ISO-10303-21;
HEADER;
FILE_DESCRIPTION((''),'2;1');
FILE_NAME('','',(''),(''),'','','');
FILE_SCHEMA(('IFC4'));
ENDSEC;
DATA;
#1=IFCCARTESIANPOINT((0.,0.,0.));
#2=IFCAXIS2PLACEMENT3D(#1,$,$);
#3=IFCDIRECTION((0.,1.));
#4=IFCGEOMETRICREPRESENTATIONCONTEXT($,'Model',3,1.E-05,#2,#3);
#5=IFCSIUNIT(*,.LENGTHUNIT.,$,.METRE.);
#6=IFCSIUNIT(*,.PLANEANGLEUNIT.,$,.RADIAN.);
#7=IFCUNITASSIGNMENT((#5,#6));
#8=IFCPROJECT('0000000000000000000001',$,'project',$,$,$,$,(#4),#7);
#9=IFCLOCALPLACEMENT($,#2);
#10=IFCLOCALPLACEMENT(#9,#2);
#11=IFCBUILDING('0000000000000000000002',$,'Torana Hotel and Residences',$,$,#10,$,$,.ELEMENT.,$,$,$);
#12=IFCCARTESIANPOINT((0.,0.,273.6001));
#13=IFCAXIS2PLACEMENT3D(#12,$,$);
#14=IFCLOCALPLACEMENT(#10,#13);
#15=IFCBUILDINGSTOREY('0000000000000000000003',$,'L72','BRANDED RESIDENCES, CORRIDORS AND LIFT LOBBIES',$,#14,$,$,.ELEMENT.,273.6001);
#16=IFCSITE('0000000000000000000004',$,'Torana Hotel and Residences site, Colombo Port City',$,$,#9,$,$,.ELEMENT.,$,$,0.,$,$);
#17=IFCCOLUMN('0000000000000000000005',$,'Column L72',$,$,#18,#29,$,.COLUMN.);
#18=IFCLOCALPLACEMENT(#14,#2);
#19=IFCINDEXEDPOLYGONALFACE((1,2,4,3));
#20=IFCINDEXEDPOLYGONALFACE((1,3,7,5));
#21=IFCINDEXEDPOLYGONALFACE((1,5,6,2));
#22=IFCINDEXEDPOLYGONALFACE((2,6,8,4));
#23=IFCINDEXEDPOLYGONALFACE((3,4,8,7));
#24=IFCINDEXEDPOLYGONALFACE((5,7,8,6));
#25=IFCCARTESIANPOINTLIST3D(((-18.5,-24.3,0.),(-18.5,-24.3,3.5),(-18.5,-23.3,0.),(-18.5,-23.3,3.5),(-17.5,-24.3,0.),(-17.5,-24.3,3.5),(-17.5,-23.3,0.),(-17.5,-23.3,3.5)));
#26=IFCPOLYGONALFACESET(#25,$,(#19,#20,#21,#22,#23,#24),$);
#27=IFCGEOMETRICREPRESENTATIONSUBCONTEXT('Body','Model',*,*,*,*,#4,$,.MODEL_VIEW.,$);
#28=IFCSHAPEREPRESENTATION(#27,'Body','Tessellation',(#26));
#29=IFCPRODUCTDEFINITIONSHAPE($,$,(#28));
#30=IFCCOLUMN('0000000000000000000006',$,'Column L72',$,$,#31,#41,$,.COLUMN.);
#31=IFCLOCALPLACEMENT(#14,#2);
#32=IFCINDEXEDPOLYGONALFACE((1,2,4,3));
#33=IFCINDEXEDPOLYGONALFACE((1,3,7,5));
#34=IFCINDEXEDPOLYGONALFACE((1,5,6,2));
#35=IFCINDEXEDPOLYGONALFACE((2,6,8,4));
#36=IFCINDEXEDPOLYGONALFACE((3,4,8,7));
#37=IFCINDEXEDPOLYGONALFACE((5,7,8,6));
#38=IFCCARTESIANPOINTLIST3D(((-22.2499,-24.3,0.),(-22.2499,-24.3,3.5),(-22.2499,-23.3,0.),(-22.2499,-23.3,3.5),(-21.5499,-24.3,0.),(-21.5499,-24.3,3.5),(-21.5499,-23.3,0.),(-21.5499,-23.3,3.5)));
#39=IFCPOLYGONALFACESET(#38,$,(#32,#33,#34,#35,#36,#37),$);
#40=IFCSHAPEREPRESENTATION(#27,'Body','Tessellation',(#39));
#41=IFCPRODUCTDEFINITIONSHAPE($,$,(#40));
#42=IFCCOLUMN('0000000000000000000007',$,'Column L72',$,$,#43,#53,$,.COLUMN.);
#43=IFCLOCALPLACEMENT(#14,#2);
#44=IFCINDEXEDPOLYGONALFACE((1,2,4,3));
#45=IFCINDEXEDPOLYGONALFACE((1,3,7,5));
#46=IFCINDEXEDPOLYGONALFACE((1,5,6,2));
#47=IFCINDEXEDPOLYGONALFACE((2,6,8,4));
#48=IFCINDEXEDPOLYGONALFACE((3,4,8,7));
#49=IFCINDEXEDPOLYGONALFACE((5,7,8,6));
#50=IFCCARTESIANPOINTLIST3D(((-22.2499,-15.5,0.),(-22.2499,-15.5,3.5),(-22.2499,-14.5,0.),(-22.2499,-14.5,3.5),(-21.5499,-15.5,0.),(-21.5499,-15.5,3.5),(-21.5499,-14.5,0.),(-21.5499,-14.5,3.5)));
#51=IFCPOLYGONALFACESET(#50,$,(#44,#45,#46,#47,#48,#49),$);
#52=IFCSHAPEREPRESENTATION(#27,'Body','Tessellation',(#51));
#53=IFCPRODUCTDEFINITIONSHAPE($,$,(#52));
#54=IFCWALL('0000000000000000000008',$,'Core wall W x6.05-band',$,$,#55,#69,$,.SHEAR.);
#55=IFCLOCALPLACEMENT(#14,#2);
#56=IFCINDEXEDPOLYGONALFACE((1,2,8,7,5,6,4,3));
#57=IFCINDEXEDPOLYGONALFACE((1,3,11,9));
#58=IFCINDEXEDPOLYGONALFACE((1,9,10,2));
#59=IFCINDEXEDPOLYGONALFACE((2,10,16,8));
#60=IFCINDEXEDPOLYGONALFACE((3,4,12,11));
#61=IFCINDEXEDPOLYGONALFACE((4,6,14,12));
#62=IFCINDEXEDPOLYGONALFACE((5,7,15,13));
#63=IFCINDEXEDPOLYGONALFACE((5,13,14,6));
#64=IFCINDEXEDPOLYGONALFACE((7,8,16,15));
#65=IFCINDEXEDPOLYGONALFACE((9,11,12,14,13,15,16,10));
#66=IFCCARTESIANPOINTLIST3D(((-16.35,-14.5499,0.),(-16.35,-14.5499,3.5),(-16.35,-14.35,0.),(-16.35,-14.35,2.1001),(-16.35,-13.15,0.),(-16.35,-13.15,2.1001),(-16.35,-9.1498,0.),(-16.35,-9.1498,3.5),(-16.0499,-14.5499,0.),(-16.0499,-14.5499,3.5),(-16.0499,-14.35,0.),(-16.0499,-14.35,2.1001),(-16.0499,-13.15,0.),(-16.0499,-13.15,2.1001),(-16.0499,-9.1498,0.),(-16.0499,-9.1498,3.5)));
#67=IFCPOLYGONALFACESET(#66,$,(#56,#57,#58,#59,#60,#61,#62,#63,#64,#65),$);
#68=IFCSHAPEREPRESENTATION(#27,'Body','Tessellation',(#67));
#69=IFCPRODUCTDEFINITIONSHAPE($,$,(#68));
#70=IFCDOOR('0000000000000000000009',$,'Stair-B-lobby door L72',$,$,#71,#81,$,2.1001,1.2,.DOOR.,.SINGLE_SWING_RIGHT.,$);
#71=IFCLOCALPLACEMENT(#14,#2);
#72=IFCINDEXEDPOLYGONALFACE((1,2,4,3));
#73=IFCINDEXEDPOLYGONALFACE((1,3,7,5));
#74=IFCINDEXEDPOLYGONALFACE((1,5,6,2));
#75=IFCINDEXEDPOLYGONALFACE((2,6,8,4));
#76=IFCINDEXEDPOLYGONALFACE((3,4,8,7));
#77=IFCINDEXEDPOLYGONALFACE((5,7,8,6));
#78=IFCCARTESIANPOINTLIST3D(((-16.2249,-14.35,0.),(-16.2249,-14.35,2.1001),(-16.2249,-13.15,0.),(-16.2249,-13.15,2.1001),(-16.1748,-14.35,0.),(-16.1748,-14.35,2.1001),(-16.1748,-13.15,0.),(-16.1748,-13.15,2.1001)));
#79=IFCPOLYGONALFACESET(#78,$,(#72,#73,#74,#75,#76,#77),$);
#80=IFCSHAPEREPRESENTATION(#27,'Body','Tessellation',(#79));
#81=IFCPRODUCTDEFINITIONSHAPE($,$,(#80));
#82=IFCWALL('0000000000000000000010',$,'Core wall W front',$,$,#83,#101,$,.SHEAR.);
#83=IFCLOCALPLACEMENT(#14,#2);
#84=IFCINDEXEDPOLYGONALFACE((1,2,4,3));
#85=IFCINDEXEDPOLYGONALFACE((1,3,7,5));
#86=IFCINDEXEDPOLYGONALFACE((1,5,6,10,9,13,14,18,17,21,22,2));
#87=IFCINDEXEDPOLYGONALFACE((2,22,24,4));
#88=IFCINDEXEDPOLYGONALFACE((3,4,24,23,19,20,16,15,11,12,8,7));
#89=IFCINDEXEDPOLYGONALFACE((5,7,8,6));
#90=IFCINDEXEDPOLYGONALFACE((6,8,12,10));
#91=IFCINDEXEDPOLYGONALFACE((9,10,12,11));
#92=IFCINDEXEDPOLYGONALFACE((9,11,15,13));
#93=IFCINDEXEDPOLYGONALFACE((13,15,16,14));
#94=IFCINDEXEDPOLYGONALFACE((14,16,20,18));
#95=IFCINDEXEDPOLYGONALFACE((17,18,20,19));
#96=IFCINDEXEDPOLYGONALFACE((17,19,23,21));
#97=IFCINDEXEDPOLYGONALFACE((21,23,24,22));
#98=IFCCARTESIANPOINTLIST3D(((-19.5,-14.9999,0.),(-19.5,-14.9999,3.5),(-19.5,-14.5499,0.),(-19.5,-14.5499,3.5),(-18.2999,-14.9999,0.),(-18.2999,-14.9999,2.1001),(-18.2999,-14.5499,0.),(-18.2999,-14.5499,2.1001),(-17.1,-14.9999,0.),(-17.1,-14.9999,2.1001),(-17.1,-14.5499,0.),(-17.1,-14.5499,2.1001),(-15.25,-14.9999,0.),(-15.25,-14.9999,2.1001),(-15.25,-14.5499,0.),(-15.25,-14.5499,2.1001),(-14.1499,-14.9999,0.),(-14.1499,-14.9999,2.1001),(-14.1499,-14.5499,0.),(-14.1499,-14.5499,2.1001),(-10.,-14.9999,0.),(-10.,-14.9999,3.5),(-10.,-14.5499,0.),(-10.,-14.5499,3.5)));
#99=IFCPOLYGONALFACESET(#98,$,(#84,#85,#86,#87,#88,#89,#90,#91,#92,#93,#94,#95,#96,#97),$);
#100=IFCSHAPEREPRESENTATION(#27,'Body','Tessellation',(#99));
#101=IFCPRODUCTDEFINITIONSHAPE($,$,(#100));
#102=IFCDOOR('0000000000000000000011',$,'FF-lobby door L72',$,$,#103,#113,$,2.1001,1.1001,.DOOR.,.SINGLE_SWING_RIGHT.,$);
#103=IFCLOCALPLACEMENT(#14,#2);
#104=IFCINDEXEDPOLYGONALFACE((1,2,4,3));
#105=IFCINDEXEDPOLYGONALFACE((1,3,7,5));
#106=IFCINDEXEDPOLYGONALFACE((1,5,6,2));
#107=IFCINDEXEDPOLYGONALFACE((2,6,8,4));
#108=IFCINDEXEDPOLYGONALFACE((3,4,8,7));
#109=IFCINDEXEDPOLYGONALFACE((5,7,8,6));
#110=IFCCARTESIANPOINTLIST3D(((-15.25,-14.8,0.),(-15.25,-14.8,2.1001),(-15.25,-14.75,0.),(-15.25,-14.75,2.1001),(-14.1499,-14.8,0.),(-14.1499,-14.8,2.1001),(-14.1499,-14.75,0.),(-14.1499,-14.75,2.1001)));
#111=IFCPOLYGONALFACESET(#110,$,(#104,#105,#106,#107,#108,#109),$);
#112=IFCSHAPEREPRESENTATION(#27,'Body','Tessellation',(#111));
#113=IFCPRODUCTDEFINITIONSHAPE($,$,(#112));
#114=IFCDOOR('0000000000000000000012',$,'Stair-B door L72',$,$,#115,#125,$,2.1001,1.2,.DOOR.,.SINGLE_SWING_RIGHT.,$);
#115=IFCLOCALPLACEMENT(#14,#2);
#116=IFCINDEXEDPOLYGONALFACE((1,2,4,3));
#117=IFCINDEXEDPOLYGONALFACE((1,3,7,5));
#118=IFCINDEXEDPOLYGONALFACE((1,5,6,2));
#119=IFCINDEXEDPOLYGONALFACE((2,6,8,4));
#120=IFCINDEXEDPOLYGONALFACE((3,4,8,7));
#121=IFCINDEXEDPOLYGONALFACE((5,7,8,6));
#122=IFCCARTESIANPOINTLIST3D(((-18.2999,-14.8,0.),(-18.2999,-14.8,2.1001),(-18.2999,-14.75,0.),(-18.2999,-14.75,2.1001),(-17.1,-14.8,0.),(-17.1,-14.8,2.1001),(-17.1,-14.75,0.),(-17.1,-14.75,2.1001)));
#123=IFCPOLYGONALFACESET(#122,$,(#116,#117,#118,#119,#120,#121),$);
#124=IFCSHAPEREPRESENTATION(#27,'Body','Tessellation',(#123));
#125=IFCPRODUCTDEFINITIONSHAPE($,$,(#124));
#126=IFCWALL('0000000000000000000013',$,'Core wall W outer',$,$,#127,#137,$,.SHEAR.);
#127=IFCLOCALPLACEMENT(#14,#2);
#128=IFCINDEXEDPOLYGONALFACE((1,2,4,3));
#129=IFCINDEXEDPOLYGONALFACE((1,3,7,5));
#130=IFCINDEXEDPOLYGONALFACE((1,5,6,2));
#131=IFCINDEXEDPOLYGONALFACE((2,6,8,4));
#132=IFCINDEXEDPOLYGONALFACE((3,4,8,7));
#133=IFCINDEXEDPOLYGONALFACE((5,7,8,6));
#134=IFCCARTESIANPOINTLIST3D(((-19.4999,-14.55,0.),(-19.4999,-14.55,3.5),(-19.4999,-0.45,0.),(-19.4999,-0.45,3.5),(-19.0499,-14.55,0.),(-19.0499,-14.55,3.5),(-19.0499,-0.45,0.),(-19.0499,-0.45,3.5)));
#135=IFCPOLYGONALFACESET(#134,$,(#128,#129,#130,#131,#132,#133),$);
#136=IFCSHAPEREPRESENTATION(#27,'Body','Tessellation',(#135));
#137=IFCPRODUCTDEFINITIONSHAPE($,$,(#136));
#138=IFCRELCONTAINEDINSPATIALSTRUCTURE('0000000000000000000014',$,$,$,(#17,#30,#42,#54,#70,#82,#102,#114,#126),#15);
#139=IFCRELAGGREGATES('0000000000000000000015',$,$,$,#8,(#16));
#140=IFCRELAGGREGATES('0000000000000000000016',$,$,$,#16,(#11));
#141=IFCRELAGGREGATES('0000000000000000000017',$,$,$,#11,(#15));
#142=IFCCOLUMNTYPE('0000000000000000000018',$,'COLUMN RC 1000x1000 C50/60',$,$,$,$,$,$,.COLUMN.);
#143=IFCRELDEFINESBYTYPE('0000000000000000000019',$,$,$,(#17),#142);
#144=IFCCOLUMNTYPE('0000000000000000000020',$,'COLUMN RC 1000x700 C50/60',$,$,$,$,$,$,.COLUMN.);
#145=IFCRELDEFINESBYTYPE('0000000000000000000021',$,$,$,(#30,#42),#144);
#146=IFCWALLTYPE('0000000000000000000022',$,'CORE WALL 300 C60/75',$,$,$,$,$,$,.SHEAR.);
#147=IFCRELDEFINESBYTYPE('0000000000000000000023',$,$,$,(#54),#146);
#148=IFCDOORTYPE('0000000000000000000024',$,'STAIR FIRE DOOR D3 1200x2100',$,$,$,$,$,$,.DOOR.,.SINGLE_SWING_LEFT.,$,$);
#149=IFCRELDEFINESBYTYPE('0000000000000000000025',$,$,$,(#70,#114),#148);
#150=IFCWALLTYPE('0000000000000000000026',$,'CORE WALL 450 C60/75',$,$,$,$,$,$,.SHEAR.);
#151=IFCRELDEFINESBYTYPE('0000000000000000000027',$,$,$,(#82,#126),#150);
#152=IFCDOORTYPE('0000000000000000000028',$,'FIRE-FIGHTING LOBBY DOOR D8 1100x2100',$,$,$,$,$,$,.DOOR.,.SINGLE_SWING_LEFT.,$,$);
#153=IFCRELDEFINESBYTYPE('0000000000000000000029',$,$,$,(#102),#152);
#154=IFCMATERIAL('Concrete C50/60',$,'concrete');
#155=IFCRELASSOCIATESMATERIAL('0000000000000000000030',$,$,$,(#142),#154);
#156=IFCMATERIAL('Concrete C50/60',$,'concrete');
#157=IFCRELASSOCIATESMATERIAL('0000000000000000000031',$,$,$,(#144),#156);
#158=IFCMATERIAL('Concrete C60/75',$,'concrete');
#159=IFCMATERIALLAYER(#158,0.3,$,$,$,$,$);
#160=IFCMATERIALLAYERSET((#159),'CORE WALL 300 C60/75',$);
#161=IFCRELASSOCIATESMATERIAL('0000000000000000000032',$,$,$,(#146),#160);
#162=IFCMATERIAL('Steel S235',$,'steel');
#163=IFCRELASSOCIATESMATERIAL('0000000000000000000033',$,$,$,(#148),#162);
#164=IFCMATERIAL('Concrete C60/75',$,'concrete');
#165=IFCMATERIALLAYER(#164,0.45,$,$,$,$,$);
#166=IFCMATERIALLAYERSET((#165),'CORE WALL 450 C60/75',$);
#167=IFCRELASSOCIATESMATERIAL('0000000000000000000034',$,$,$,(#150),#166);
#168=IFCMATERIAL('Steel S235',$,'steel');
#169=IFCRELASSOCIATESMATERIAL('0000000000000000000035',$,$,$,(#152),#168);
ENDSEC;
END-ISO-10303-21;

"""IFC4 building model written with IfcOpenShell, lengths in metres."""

from ifc_helpers import new_model, si_unit, direction, frame, frame_2d, origin, origin_2d, place, context, subcontext, project, spatial, rectangle, extrude, material, layer, layer_set, material_profile, profile_set, type_object, element, fill, save


model = new_model("IFC4")

# Units and contexts
model_context = context("Model", 3, precision=1e-05, world=origin(), true_north=direction((0.0, 1.0)))
body_context = subcontext(model_context, "Body", "Model", "MODEL_VIEW")
ifc_project = project(units=[si_unit("LENGTHUNIT", "METRE"), si_unit("PLANEANGLEUNIT", "RADIAN")], contexts=[model_context])

# Site, building, storey
site_placement = place(None, origin())
site = spatial("IfcSite", under=ifc_project, at=site_placement, Name="Torana Hotel and Residences site, Colombo Port City", CompositionType="ELEMENT", RefElevation=0.0)
building_placement = place(site_placement, origin())
building = spatial("IfcBuilding", under=site, at=building_placement, Name="Torana Hotel and Residences", CompositionType="ELEMENT")
storey_placement = place(building_placement, frame((0.0, 0.0, 273.6001)))
storey = spatial("IfcBuildingStorey", under=building, at=storey_placement, Name="L72", Description="BRANDED RESIDENCES, CORRIDORS AND LIFT LOBBIES", CompositionType="ELEMENT", Elevation=273.6001)

# Columns
ifc_material_1 = material(Name="Concrete C50/60", Category="concrete")
ifc_material_profile_1 = material_profile(ifc_material_1, rectangle(XDim=1.0, YDim=1.0, at=origin_2d()), Name="RC 1000x1000")
ifc_profile_set_1 = profile_set([ifc_material_profile_1], Name="Concrete C50/60")
column_type_1 = type_object("IfcColumnType", Name="COLUMN RC 1000x1000 C50/60", PredefinedType="COLUMN", material=ifc_profile_set_1)
column_placement = place(storey_placement, frame((-18.0, -23.8, 0.0), z_axis=(0.0, 0.0, 1.0), x_axis=(1.0, 0.0, 0.0)))
element("IfcColumn", 1, at=column_placement, inside=storey, type_object=column_type_1, Name="Column L72", PredefinedType="COLUMN", context=body_context, shape_type="SweptSolid", body=[
    extrude(rectangle(XDim=1.0, YDim=1.0, at=origin_2d()), origin(), (0.0, 0.0, 1.0), 3.5),
])
ifc_material_2 = material(Name="Concrete C50/60", Category="concrete")
ifc_material_profile_2 = material_profile(ifc_material_2, rectangle(XDim=1.0, YDim=0.7, at=origin_2d()), Name="RC 1000x700")
ifc_profile_set_2 = profile_set([ifc_material_profile_2], Name="Concrete C50/60")
column_type_2 = type_object("IfcColumnType", Name="COLUMN RC 1000x700 C50/60", PredefinedType="COLUMN", material=ifc_profile_set_2)
for number, where, z_axis, x_axis, name in (
    (2, (-21.8999, -23.8, 0.0), (0.0, 0.0, 1.0), (0.0, 1.0, 0.0), "Column L72"),
    (3, (-21.8999, -15.0, 0.0), (0.0, 0.0, 1.0), (0.0, 1.0, 0.0), "Column L72"),
):
    element("IfcColumn", number, at=place(storey_placement, frame(where, z_axis=z_axis, x_axis=x_axis)), inside=storey, type_object=column_type_2, Name=name, PredefinedType="COLUMN", context=body_context, shape_type="SweptSolid", body=[
        extrude(rectangle(XDim=1.0, YDim=0.7, at=origin_2d()), origin(), (0.0, 0.0, 1.0), 3.5),
    ])

# Wall, opening, door
ifc_material_3 = material(Name="Concrete C60/75", Category="concrete")
ifc_layer_1 = layer(ifc_material_3, 0.3)
ifc_layer_set_1 = layer_set([ifc_layer_1], Name="CORE WALL 300 C60/75")
wall_type_1 = type_object("IfcWallType", Name="CORE WALL 300 C60/75", PredefinedType="SHEAR", material=ifc_layer_set_1)
wall_1_placement = place(storey_placement, frame((-16.2, -14.55, 0.0), z_axis=(0.0, 0.0, 1.0), x_axis=(0.0, 1.0, 0.0)))
wall_1 = element("IfcWall", 4, at=wall_1_placement, inside=storey, type_object=wall_type_1, Name="Core wall W x6.05-band", PredefinedType="SHEAR", context=body_context, shape_type="SweptSolid", body=[
    extrude(rectangle(XDim=5.4001, YDim=0.3, at=frame_2d((2.7002, 0.0))), origin(), (0.0, 0.0, 1.0), 3.5),
])
opening_1_placement = place(wall_1_placement, frame((0.2, 0.0, 0.0)))
opening_1 = element("IfcOpeningElement", 5, at=opening_1_placement, cuts=wall_1, PredefinedType="OPENING", context=body_context, shape_type="SweptSolid", body=[
    extrude(rectangle(XDim=1.2, YDim=2.1001, at=frame_2d((0.6001, 1.05))), frame((0.0, 0.1599, 0.0), z_axis=(0.0, -1.0, 0.0), x_axis=(1.0, 0.0, 0.0)), (0.0, 0.0, 1.0), 0.3201),
])
ifc_material_4 = material(Name="Steel S235", Category="steel")
door_type_1 = type_object("IfcDoorType", Name="STAIR FIRE DOOR D3 1200x2100", OperationType="SINGLE_SWING_LEFT", PredefinedType="DOOR", material=ifc_material_4)
door_1_placement = place(opening_1_placement, origin())
door_1 = element("IfcDoor", 6, at=door_1_placement, inside=storey, type_object=door_type_1, Name="Stair-B-lobby door L72", OperationType="SINGLE_SWING_RIGHT", OverallHeight=2.1001, OverallWidth=1.2, PredefinedType="DOOR", context=body_context, shape_type="SweptSolid", body=[
    extrude(rectangle(XDim=1.2, YDim=2.1001, at=frame_2d((0.6001, 1.05))), frame((0.0, 0.0249, 0.0), z_axis=(0.0, -1.0, 0.0), x_axis=(1.0, 0.0, 0.0)), (0.0, 0.0, 1.0), 0.05),
])
fill(opening_1, door_1)

# Wall, openings, doors
ifc_material_5 = material(Name="Concrete C60/75", Category="concrete")
ifc_layer_2 = layer(ifc_material_5, 0.45)
ifc_layer_set_2 = layer_set([ifc_layer_2], Name="CORE WALL 450 C60/75")
wall_type_2 = type_object("IfcWallType", Name="CORE WALL 450 C60/75", PredefinedType="SHEAR", material=ifc_layer_set_2)
wall_2_placement = place(storey_placement, frame((-19.5, -14.7749, 0.0), z_axis=(0.0, 0.0, 1.0), x_axis=(1.0, 0.0, 0.0)))
wall_2 = element("IfcWall", 7, at=wall_2_placement, inside=storey, type_object=wall_type_2, Name="Core wall W front", PredefinedType="SHEAR", context=body_context, shape_type="SweptSolid", body=[
    extrude(rectangle(XDim=9.5, YDim=0.45, at=frame_2d((4.75, 0.0))), origin(), (0.0, 0.0, 1.0), 3.5),
])
opening_2_placement = place(wall_2_placement, frame((1.2, 0.0, 0.0)))
opening_2 = element("IfcOpeningElement", 8, at=opening_2_placement, cuts=wall_2, PredefinedType="OPENING", context=body_context, shape_type="SweptSolid", body=[
    extrude(rectangle(XDim=1.2, YDim=2.1001, at=frame_2d((0.6001, 1.05))), frame((0.0, 0.2349, 0.0), z_axis=(0.0, -1.0, 0.0), x_axis=(1.0, 0.0, 0.0)), (0.0, 0.0, 1.0), 0.47),
])
opening_3_placement = place(wall_2_placement, frame((4.25, 0.0, 0.0)))
opening_3 = element("IfcOpeningElement", 9, at=opening_3_placement, cuts=wall_2, PredefinedType="OPENING", context=body_context, shape_type="SweptSolid", body=[
    extrude(rectangle(XDim=1.1001, YDim=2.1001, at=frame_2d((0.55, 1.05))), frame((0.0, 0.2349, 0.0), z_axis=(0.0, -1.0, 0.0), x_axis=(1.0, 0.0, 0.0)), (0.0, 0.0, 1.0), 0.47),
])
ifc_material_6 = material(Name="Steel S235", Category="steel")
door_type_2 = type_object("IfcDoorType", Name="FIRE-FIGHTING LOBBY DOOR D8 1100x2100", OperationType="SINGLE_SWING_LEFT", PredefinedType="DOOR", material=ifc_material_6)
door_2_placement = place(opening_3_placement, origin())
door_2 = element("IfcDoor", 10, at=door_2_placement, inside=storey, type_object=door_type_2, Name="FF-lobby door L72", OperationType="SINGLE_SWING_RIGHT", OverallHeight=2.1001, OverallWidth=1.1001, PredefinedType="DOOR", context=body_context, shape_type="SweptSolid", body=[
    extrude(rectangle(XDim=1.1001, YDim=2.1001, at=frame_2d((0.55, 1.05))), frame((0.0, 0.0249, 0.0), z_axis=(0.0, -1.0, 0.0), x_axis=(1.0, 0.0, 0.0)), (0.0, 0.0, 1.0), 0.05),
])
fill(opening_3, door_2)
door_3_placement = place(opening_2_placement, origin())
door_3 = element("IfcDoor", 11, at=door_3_placement, inside=storey, type_object=door_type_1, Name="Stair-B door L72", OperationType="SINGLE_SWING_RIGHT", OverallHeight=2.1001, OverallWidth=1.2, PredefinedType="DOOR", context=body_context, shape_type="SweptSolid", body=[
    extrude(rectangle(XDim=1.2, YDim=2.1001, at=frame_2d((0.6001, 1.05))), frame((0.0, 0.0249, 0.0), z_axis=(0.0, -1.0, 0.0), x_axis=(1.0, 0.0, 0.0)), (0.0, 0.0, 1.0), 0.05),
])
fill(opening_2, door_3)

# Wall
wall_3_placement = place(storey_placement, frame((-19.2749, -14.55, 0.0), z_axis=(0.0, 0.0, 1.0), x_axis=(0.0, 1.0, 0.0)))
element("IfcWall", 12, at=wall_3_placement, inside=storey, type_object=wall_type_2, Name="Core wall W outer", PredefinedType="SHEAR", context=body_context, shape_type="SweptSolid", body=[
    extrude(rectangle(XDim=14.1001, YDim=0.45, at=frame_2d((7.05, 0.0))), origin(), (0.0, 0.0, 1.0), 3.5),
])

save(model, "model.ifc")
